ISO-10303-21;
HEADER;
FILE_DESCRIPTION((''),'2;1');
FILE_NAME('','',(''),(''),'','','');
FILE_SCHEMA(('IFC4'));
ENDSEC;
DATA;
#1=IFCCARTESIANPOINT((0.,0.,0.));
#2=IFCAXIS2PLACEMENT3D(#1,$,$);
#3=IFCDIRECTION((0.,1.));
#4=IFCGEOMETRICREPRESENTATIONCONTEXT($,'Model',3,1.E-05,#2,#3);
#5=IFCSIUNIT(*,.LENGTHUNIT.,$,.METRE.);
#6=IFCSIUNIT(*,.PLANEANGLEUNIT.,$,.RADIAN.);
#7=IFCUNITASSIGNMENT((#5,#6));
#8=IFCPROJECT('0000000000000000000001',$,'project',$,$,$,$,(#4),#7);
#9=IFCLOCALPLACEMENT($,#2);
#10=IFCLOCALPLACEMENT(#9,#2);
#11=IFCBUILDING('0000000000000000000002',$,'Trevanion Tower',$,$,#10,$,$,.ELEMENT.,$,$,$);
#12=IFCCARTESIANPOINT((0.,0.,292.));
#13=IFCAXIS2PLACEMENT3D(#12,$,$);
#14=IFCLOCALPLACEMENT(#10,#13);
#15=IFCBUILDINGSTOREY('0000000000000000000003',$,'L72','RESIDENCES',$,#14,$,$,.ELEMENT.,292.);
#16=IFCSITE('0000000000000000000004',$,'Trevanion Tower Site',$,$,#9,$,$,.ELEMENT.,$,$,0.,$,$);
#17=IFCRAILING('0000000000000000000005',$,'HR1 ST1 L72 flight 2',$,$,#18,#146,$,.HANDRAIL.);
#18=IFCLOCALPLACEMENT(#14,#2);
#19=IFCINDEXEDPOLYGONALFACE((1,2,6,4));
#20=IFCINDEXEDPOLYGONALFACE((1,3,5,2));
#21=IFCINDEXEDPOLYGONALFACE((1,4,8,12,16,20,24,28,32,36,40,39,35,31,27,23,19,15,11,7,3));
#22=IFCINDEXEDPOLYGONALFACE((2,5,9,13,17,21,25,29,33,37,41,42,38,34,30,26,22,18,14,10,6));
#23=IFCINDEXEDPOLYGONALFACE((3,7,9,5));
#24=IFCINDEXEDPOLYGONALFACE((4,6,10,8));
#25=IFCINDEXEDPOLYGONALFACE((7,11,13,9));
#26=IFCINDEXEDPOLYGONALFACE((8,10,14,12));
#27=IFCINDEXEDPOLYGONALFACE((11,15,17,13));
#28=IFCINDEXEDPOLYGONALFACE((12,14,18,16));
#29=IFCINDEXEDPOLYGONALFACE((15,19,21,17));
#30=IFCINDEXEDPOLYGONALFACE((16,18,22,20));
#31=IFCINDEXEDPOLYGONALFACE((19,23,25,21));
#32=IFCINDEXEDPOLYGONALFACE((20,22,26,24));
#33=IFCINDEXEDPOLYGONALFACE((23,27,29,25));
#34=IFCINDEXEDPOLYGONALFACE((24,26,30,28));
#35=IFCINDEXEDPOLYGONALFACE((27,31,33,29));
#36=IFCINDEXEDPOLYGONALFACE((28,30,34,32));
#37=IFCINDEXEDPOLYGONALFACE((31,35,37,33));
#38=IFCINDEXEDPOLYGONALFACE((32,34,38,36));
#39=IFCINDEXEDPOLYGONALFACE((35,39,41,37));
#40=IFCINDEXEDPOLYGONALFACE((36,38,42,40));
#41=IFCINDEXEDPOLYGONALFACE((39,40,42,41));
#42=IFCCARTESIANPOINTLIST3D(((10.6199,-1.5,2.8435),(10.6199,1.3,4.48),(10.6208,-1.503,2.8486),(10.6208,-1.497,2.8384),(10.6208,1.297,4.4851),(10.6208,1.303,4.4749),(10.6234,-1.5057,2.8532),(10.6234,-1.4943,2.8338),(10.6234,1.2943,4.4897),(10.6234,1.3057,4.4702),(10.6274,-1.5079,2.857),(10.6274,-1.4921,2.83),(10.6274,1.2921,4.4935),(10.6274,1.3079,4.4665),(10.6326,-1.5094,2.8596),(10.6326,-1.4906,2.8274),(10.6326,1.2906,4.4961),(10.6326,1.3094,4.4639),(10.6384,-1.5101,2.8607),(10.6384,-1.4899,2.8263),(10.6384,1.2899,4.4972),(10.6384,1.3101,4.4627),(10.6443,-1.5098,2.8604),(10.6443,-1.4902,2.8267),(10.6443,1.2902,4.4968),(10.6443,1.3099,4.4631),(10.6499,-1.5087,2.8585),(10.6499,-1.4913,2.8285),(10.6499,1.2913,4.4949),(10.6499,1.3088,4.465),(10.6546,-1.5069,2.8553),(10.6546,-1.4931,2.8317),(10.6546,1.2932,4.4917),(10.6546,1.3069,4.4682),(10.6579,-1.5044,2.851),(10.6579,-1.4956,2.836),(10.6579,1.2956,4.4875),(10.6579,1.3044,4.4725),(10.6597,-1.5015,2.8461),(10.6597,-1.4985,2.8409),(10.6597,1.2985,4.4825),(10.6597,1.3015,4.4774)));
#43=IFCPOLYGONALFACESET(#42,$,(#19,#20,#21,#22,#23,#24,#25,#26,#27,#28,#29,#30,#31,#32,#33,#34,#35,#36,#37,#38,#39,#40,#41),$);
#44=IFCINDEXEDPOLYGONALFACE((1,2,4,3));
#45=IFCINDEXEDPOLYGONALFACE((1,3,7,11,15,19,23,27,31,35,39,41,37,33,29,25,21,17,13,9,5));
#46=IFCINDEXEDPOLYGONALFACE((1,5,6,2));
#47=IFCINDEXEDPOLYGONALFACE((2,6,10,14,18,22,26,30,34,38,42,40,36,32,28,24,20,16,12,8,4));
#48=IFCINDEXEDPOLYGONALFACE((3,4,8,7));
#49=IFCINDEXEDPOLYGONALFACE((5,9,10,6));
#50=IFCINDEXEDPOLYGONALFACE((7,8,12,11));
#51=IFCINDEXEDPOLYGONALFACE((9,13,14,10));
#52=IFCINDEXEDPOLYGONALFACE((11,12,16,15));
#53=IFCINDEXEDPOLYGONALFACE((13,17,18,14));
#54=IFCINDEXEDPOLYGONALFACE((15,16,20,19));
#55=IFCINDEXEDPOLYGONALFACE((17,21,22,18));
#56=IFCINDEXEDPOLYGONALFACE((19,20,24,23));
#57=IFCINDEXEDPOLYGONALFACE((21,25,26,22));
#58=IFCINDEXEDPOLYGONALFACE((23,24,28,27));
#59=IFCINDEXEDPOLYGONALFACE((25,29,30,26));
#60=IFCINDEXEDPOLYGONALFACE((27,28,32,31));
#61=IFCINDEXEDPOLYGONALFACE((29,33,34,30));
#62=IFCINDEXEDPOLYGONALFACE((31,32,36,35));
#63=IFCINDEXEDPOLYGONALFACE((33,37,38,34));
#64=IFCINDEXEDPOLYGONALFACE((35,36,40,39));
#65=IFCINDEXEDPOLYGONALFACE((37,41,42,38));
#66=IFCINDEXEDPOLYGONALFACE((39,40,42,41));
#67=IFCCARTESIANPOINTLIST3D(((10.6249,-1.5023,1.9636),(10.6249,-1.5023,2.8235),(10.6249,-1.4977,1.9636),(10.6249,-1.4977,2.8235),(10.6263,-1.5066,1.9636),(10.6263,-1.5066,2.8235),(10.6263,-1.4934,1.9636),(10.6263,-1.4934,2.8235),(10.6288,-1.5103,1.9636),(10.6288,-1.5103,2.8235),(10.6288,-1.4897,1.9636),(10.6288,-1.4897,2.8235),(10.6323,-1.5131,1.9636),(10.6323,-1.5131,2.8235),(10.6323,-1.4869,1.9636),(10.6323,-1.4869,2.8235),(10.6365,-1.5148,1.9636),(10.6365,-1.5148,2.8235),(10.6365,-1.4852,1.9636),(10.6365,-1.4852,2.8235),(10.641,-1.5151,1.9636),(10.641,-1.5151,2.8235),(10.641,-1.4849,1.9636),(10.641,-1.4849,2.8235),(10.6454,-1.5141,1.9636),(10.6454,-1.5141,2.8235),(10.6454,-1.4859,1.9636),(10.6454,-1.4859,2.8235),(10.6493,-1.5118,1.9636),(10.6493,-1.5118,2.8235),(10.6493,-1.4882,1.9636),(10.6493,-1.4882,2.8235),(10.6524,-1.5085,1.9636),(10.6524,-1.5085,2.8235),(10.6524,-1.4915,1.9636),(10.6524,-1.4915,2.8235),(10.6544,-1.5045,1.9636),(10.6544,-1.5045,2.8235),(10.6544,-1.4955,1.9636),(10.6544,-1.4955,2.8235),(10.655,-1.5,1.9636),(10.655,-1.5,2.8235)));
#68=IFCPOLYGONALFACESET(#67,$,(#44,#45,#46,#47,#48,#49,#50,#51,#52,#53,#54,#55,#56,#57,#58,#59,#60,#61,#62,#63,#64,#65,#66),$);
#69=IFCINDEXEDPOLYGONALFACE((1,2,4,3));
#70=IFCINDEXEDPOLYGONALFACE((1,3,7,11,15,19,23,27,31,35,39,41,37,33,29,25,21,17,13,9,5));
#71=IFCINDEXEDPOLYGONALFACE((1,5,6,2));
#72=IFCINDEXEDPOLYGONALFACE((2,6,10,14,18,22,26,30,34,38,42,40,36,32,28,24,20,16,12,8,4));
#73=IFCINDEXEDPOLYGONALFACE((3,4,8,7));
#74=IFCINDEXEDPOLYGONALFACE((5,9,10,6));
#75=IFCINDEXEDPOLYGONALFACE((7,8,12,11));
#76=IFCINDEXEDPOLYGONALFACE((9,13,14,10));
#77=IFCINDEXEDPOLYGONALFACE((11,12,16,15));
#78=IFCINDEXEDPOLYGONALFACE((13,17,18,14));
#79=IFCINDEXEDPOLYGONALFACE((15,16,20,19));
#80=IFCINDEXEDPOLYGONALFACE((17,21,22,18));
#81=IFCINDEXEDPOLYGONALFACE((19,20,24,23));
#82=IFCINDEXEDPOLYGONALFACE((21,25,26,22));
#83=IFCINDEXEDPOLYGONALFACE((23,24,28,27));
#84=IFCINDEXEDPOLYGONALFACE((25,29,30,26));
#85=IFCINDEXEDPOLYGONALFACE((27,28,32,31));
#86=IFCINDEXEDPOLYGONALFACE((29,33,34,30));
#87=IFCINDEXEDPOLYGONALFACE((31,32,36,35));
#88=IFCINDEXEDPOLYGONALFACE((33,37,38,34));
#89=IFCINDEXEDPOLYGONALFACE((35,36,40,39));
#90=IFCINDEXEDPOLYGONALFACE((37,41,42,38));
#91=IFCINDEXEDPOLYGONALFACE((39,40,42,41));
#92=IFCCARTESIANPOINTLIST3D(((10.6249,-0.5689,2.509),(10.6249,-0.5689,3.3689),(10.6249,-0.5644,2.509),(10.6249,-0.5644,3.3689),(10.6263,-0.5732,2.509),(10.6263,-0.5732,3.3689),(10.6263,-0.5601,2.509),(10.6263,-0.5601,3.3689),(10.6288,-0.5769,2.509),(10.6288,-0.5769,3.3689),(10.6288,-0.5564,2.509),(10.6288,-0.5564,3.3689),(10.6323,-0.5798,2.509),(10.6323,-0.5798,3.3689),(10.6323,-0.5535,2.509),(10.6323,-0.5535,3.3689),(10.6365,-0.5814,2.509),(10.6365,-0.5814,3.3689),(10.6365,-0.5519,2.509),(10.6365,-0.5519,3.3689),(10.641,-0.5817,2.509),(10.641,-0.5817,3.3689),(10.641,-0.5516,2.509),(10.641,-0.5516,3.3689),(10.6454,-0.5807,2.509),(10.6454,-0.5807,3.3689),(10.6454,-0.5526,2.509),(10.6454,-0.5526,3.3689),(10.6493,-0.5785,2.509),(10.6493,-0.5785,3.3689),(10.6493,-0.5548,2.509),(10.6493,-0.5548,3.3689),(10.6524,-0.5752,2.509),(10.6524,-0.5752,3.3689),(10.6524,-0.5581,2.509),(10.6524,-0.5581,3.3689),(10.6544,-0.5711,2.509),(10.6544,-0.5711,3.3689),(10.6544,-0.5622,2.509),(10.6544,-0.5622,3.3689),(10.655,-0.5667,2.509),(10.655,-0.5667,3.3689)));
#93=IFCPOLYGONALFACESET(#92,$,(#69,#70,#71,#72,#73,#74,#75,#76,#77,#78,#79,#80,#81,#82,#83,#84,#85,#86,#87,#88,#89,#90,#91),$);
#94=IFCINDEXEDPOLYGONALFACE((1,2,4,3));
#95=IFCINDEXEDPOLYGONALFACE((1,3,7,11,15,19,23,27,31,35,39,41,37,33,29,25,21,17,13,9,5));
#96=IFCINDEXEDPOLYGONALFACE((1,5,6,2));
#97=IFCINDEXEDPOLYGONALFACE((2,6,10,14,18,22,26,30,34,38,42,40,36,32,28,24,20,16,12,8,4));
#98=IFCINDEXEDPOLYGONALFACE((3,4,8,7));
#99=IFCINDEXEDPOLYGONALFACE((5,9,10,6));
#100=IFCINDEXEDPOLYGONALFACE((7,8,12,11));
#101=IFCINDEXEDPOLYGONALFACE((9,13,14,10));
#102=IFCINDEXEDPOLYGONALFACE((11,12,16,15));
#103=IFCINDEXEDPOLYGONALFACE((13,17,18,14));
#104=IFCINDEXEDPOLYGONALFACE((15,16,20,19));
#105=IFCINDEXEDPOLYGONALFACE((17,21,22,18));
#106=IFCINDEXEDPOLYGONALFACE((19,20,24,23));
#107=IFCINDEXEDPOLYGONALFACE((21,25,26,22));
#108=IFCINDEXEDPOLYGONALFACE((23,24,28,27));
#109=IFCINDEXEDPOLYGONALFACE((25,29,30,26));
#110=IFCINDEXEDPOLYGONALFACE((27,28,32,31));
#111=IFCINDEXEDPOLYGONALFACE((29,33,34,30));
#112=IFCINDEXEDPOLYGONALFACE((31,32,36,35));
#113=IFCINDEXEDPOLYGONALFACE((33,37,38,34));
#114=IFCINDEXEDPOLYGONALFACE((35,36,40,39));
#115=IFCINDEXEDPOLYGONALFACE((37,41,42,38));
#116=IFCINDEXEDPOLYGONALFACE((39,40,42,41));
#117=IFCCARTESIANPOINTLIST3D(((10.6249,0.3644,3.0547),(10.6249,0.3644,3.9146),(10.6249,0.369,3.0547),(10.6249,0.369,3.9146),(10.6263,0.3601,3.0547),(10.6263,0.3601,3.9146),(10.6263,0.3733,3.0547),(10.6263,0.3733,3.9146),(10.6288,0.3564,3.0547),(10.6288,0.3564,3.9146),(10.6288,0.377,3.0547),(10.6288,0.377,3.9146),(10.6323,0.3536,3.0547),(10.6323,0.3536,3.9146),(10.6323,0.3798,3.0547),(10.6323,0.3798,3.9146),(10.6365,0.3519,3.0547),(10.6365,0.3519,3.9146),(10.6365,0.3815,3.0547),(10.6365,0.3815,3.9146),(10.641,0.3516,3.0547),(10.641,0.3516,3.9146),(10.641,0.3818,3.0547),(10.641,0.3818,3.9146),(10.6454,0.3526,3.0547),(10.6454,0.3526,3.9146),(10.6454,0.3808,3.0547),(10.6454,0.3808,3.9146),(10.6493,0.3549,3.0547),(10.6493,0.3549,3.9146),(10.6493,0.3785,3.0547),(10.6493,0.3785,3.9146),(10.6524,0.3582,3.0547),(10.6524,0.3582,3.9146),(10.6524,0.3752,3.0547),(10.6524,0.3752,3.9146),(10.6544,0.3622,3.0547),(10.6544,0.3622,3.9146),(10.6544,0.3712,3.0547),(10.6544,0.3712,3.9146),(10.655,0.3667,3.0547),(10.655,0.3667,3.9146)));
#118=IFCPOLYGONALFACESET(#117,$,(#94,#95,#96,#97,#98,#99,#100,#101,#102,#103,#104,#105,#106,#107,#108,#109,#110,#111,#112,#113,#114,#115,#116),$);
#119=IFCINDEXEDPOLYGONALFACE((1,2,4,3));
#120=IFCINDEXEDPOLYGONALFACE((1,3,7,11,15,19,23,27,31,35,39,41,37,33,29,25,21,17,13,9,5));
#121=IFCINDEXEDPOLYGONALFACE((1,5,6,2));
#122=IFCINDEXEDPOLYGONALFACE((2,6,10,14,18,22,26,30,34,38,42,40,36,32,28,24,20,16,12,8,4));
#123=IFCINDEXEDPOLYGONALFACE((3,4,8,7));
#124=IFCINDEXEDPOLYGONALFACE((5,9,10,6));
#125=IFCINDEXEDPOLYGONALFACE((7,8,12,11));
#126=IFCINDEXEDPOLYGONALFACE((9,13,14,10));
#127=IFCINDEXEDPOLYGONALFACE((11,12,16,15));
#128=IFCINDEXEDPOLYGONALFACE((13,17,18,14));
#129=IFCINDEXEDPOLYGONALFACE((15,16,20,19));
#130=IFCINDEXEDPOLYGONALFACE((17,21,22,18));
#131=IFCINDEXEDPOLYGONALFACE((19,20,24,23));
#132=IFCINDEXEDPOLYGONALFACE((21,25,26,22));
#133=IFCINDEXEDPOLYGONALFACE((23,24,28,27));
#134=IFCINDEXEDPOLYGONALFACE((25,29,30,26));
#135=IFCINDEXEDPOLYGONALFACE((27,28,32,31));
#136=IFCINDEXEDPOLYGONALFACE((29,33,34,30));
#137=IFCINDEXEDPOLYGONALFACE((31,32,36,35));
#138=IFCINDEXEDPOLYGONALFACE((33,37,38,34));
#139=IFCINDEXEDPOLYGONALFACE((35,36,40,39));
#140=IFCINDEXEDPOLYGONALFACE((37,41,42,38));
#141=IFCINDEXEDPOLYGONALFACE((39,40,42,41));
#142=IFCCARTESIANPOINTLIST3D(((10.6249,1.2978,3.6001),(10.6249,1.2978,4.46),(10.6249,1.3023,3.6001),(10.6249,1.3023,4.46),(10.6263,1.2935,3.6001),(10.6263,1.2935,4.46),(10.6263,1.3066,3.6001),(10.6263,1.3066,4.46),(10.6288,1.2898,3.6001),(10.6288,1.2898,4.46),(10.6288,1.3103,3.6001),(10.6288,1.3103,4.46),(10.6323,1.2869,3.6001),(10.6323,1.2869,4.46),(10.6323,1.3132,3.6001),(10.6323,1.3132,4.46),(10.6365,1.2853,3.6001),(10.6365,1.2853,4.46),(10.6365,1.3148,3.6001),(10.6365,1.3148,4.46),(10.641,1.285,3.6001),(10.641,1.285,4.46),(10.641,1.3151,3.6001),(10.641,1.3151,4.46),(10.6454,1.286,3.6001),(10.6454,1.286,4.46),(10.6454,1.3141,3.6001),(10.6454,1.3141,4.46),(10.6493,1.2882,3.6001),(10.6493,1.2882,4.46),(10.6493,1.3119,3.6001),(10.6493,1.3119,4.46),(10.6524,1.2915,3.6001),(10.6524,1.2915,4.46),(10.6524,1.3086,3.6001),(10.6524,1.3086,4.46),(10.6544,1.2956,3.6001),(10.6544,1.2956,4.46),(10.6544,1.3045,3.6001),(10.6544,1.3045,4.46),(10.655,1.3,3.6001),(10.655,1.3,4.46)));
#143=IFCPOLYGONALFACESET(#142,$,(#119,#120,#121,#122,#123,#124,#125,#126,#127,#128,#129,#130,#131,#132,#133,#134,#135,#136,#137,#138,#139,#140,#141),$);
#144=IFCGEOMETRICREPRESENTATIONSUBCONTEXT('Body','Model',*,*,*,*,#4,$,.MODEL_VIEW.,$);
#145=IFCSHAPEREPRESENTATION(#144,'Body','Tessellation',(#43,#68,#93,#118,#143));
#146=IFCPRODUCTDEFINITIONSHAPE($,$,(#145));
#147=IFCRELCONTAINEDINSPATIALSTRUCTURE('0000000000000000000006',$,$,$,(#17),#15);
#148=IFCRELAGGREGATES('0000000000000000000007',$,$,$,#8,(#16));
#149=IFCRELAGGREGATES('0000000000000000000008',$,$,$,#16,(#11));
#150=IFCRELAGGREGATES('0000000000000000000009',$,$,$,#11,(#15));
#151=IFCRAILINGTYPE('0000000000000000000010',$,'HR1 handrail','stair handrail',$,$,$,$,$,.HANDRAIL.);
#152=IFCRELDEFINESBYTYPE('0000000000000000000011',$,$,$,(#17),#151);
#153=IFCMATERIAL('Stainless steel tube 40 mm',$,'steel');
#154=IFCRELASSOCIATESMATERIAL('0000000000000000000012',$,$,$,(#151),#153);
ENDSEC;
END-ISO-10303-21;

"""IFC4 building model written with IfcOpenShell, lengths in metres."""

from ifc_helpers import new_model, si_unit, direction, frame, origin, origin_2d, place, context, subcontext, project, spatial, circle, extrude, material, type_object, element, save


model = new_model("IFC4")

# Units and contexts
model_context = context("Model", 3, precision=1e-05, world=origin(), true_north=direction((0.0, 1.0)))
body_context = subcontext(model_context, "Body", "Model", "MODEL_VIEW")
ifc_project = project(units=[si_unit("LENGTHUNIT", "METRE"), si_unit("PLANEANGLEUNIT", "RADIAN")], contexts=[model_context])

# Site, building, storey
site_placement = place(None, origin())
site = spatial("IfcSite", under=ifc_project, at=site_placement, Name="Trevanion Tower Site", CompositionType="ELEMENT", RefElevation=0.0)
building_placement = place(site_placement, origin())
building = spatial("IfcBuilding", under=site, at=building_placement, Name="Trevanion Tower", CompositionType="ELEMENT")
storey_placement = place(building_placement, frame((0.0, 0.0, 292.0)))
storey = spatial("IfcBuildingStorey", under=building, at=storey_placement, Name="L72", Description="RESIDENCES", CompositionType="ELEMENT", Elevation=292.0)

# Railing
ifc_material_1 = material(Name="Stainless steel tube 40 mm", Category="steel")
railing_type = type_object("IfcRailingType", Name="HR1 handrail", Description="stair handrail", PredefinedType="HANDRAIL", material=ifc_material_1)
for number, where, name in (
    (1, (10.6399, -1.5, 1.9636), "HR1 ST1 L72 flight 2"),
):
    element("IfcRailing", number, at=place(storey_placement, frame(where)), inside=storey, type_object=railing_type, Name=name, PredefinedType="HANDRAIL", context=body_context, shape_type="SweptSolid", body=[
        extrude(circle(Radius=0.02, at=origin_2d()), frame((0.0, 0.0, 0.8799), z_axis=(0.0, 0.863361, 0.504587), x_axis=(-1.0, 0.0, 0.0)), (0.0, 0.0, 1.0), 3.2432),
        extrude(circle(Radius=0.0151, at=origin_2d()), origin(), (0.0, 0.0, 1.0), 0.8599),
        extrude(circle(Radius=0.0151, at=origin_2d()), frame((0.0, 0.9333, 0.5454)), (0.0, 0.0, 1.0), 0.8599),
        extrude(circle(Radius=0.0151, at=origin_2d()), frame((0.0, 1.8667, 1.0911)), (0.0, 0.0, 1.0), 0.8599),
        extrude(circle(Radius=0.0151, at=origin_2d()), frame((0.0, 2.8, 1.6365)), (0.0, 0.0, 1.0), 0.8599),
    ])

save(model, "model.ifc")
